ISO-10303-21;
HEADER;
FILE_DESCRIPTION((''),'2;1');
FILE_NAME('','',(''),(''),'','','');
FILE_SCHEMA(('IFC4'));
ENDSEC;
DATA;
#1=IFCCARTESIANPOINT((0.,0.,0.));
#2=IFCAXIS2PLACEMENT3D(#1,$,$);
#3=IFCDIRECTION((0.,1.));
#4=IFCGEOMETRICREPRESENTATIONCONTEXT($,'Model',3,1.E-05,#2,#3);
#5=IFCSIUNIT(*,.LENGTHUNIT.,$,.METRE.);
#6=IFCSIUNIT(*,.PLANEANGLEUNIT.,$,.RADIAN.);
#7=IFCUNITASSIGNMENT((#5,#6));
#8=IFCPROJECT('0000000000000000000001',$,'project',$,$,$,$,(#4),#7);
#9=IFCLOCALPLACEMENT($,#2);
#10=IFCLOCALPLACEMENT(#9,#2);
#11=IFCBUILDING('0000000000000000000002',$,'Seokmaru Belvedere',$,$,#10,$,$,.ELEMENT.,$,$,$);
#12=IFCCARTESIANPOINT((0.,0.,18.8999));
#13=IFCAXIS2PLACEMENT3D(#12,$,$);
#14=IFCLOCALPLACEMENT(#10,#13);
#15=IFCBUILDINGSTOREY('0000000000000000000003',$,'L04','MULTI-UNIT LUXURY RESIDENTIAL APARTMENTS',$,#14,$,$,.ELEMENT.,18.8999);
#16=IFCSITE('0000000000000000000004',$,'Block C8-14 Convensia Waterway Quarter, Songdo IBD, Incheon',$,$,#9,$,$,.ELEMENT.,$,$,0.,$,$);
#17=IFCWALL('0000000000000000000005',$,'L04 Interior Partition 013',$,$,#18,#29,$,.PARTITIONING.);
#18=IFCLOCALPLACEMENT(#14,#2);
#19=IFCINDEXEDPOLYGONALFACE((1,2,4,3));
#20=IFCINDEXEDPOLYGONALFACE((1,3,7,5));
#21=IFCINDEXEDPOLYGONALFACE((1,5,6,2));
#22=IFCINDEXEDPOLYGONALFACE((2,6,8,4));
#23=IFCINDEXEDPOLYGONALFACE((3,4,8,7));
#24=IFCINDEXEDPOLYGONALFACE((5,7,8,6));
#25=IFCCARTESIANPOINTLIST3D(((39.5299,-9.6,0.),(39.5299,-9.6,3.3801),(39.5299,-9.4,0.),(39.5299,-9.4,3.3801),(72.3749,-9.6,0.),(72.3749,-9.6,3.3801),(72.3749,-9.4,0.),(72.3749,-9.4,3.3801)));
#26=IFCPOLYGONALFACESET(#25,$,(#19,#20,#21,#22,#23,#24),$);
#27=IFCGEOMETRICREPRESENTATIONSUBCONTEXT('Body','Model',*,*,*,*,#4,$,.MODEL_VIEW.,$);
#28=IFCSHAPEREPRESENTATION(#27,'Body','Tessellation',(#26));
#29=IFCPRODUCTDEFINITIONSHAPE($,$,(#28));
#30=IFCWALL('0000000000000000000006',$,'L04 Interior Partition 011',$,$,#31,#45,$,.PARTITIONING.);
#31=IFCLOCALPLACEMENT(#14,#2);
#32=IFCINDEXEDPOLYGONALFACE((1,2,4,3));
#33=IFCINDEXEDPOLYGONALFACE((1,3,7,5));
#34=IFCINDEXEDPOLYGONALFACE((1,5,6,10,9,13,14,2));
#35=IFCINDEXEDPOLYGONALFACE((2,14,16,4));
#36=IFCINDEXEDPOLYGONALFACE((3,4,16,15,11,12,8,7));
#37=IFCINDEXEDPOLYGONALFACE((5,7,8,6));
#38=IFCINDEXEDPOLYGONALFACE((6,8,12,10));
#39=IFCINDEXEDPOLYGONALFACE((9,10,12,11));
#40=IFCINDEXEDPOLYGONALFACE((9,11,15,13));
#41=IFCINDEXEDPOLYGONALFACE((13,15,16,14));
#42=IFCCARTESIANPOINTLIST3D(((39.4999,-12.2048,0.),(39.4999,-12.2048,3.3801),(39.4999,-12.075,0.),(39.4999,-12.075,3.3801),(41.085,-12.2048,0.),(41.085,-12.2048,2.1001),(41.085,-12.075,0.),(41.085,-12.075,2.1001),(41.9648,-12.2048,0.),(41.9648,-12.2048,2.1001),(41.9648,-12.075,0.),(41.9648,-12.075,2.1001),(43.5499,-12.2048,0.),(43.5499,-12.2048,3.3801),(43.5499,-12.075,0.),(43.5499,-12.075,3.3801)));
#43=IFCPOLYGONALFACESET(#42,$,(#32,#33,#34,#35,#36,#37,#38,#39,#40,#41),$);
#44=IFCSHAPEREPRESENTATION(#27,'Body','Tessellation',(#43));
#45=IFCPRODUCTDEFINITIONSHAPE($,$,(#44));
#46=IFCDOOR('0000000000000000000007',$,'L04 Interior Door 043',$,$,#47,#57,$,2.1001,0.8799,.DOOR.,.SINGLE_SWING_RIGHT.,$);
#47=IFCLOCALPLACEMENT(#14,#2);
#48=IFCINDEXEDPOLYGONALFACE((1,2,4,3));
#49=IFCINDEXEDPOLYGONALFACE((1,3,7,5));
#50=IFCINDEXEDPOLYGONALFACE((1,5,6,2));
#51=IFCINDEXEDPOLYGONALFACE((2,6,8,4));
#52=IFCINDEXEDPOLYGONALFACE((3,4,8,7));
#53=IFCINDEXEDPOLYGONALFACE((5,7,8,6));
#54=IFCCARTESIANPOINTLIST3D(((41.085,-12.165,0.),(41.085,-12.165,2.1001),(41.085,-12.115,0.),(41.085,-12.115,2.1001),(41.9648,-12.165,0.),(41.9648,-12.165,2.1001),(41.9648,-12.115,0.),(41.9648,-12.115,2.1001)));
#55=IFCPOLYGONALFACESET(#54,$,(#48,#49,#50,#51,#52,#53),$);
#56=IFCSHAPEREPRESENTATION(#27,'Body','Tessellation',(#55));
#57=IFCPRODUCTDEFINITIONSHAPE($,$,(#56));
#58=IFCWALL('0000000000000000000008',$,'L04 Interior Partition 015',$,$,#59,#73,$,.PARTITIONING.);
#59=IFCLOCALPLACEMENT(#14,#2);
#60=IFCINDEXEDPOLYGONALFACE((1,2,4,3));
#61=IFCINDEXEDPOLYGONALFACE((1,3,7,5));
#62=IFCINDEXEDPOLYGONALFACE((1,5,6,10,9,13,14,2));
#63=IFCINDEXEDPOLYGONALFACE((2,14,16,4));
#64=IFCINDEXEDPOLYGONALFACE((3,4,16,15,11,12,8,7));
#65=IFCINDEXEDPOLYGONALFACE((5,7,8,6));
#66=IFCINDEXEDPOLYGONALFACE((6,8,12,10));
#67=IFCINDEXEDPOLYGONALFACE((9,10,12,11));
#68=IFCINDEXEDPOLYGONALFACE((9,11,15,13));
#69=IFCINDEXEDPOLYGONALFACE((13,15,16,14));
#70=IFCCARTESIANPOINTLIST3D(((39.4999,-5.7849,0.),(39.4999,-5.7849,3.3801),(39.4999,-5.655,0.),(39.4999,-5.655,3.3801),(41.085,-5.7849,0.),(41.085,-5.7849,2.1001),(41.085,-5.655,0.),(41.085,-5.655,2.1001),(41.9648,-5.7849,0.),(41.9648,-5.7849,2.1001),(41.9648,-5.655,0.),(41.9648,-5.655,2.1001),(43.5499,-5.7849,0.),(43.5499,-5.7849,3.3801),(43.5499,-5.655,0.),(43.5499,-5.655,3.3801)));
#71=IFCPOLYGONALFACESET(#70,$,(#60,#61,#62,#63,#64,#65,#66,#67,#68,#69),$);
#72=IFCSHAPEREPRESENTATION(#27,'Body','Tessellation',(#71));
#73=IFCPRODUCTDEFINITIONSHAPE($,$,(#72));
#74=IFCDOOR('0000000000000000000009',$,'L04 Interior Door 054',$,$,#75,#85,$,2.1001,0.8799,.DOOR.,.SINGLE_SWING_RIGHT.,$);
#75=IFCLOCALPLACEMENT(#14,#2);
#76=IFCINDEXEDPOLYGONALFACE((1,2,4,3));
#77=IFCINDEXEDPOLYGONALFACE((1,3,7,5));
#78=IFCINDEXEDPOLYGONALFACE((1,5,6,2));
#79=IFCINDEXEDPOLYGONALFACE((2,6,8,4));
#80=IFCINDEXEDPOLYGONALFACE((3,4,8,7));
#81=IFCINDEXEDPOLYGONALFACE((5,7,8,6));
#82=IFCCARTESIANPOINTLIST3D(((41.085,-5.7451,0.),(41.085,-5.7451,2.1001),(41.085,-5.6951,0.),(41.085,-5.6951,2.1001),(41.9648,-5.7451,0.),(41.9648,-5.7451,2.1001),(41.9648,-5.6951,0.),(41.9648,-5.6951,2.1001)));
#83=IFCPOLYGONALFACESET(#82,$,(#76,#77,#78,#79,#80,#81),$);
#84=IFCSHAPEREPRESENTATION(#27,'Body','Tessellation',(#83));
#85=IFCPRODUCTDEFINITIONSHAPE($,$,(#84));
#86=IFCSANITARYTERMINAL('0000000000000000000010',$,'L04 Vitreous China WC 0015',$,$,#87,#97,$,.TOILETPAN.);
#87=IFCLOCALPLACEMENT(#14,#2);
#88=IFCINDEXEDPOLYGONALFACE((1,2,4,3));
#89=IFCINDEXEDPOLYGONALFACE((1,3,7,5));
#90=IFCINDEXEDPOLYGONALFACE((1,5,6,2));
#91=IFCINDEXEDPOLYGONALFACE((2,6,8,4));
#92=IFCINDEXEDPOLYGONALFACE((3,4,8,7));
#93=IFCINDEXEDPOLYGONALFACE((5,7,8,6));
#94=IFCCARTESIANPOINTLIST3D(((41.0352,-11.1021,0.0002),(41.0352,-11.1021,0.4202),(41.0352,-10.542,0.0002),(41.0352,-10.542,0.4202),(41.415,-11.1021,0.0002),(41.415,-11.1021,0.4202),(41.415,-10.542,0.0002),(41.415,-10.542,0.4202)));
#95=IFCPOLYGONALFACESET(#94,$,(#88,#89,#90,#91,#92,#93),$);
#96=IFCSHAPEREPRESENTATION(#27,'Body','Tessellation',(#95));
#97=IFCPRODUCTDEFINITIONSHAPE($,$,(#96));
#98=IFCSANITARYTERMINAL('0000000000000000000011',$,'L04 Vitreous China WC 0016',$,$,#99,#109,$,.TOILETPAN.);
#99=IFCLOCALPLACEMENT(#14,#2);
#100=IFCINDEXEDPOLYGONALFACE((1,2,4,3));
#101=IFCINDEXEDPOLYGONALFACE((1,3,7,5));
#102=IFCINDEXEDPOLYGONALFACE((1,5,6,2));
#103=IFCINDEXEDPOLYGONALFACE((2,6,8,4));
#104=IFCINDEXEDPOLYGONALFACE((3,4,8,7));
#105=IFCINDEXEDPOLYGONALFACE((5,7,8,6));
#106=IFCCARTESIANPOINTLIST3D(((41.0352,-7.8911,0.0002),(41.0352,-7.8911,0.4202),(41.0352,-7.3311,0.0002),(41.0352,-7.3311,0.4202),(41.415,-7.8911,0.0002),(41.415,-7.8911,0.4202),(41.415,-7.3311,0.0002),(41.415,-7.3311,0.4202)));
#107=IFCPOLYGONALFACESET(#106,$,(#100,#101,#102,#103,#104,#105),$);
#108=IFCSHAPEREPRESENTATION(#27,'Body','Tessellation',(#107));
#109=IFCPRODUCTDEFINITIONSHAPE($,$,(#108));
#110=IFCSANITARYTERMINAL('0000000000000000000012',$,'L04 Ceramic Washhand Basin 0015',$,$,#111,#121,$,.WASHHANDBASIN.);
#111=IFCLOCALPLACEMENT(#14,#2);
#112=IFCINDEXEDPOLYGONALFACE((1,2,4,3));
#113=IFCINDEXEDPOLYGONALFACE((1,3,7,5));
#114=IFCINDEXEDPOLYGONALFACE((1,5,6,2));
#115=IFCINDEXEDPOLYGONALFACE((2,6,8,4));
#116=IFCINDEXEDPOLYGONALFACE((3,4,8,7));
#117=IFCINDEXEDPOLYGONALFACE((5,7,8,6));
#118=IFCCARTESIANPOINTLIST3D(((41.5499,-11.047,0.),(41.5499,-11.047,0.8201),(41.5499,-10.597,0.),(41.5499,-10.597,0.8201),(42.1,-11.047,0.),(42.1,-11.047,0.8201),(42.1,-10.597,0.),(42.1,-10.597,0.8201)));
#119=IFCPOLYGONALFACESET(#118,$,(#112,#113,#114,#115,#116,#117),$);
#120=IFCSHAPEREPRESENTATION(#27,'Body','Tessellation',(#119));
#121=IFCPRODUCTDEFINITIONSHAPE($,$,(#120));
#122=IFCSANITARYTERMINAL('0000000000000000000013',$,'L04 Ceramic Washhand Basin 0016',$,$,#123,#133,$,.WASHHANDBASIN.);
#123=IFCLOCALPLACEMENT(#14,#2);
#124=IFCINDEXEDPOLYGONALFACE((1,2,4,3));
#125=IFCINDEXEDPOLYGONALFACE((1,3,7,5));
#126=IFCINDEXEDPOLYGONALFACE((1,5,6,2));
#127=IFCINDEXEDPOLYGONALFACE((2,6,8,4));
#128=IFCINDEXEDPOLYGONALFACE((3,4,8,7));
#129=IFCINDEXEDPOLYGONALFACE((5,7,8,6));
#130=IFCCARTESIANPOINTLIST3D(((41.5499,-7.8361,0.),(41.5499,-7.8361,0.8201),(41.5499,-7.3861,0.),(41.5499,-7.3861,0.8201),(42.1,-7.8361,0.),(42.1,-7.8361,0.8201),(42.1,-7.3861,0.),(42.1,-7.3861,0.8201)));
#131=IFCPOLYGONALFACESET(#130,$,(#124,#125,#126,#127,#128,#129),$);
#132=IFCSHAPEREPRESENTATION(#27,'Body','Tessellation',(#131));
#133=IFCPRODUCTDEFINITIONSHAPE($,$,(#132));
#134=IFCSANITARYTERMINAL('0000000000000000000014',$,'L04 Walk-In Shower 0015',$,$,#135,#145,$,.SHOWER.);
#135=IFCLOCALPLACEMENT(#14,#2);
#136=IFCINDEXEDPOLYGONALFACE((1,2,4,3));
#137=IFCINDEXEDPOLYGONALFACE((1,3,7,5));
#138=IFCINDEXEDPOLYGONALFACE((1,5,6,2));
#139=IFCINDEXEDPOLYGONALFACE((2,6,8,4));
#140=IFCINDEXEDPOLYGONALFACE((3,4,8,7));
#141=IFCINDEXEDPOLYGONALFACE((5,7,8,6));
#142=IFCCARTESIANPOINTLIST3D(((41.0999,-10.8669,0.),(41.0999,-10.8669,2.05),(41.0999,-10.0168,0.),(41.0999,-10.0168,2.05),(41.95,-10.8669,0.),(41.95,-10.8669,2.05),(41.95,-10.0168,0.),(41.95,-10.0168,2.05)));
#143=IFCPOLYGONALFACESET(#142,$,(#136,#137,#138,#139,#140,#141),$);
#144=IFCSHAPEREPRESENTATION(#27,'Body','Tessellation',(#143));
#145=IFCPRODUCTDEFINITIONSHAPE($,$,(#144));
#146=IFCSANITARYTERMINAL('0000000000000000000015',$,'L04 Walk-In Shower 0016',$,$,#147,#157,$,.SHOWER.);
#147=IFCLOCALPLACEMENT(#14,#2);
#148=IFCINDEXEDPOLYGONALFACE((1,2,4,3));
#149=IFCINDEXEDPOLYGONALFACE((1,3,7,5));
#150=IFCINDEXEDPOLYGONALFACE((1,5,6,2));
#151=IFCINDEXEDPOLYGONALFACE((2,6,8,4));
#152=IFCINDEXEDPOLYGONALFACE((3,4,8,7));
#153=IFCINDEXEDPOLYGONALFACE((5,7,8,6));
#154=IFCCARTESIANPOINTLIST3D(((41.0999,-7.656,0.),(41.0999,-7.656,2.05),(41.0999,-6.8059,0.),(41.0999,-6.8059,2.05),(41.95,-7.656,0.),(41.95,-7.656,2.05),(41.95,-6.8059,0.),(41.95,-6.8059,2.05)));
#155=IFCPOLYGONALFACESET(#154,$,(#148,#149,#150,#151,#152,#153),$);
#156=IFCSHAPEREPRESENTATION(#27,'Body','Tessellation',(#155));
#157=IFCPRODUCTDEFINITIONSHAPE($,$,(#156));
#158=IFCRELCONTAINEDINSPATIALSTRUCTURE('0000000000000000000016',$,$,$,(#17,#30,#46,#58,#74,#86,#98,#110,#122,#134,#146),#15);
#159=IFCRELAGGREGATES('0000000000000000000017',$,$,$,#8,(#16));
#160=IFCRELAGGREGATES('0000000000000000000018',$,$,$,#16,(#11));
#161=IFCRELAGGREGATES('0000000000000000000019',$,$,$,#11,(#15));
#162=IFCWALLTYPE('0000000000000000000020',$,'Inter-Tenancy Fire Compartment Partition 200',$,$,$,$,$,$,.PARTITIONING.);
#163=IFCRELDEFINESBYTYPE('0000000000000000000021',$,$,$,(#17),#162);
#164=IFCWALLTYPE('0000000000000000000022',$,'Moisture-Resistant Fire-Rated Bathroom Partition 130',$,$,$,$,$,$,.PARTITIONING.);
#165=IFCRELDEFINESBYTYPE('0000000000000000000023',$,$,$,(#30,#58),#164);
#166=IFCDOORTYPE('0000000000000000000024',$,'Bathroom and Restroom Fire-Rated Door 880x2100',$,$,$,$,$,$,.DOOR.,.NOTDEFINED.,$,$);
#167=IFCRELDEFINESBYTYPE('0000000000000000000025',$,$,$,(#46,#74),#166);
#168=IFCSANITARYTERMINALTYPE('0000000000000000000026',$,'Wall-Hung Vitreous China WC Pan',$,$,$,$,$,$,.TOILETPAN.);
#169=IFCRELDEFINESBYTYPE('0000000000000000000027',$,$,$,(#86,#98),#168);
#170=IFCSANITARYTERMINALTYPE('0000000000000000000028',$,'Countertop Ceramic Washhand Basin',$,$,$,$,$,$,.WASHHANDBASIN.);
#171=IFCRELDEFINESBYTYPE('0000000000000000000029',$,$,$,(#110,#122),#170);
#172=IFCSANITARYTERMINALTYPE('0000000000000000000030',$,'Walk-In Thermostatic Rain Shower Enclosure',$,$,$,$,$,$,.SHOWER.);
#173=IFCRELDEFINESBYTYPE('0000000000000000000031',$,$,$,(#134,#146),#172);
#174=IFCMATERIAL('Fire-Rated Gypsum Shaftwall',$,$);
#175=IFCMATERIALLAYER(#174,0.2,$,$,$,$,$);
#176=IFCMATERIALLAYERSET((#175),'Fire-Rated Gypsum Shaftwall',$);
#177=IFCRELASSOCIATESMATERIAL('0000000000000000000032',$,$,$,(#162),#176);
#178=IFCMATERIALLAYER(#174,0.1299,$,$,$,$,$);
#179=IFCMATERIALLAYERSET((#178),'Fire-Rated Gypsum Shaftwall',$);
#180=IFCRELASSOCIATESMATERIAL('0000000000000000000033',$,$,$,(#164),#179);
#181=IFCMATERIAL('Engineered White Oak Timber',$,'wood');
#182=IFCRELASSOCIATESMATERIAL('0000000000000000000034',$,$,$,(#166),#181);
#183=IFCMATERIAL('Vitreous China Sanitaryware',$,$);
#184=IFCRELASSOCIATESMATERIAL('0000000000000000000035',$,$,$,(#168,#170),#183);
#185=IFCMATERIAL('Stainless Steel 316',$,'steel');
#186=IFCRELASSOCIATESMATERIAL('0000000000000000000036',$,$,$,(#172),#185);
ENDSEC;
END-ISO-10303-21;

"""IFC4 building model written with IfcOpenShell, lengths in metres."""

from ifc_helpers import new_model, si_unit, direction, frame, frame_2d, origin, origin_2d, place, context, subcontext, project, spatial, rectangle, extrude, source, transform, mapped, material, layer, layer_set, type_object, type_shapes, element, fill, save


model = new_model("IFC4")

# Units and contexts
model_context = context("Model", 3, precision=1e-05, world=origin(), true_north=direction((0.0, 1.0)))
body_context = subcontext(model_context, "Body", "Model", "MODEL_VIEW")
ifc_project = project(units=[si_unit("LENGTHUNIT", "METRE"), si_unit("PLANEANGLEUNIT", "RADIAN")], contexts=[model_context])

# Site, building, storey
site_placement = place(None, origin())
site = spatial("IfcSite", under=ifc_project, at=site_placement, Name="Block C8-14 Convensia Waterway Quarter, Songdo IBD, Incheon", CompositionType="ELEMENT", RefElevation=0.0)
building_placement = place(site_placement, origin())
building = spatial("IfcBuilding", under=site, at=building_placement, Name="Seokmaru Belvedere", CompositionType="ELEMENT")
storey_placement = place(building_placement, frame((0.0, 0.0, 18.8999)))
storey = spatial("IfcBuildingStorey", under=building, at=storey_placement, Name="L04", Description="MULTI-UNIT LUXURY RESIDENTIAL APARTMENTS", CompositionType="ELEMENT", Elevation=18.8999)

# Shared definitions
ifc_material_1 = material(Name="Fire-Rated Gypsum Shaftwall")
ifc_material_2 = material(Name="Engineered White Oak Timber", Category="wood")

# Wall
ifc_layer_1 = layer(ifc_material_1, 0.2)
ifc_layer_set_1 = layer_set([ifc_layer_1], Name="Fire-Rated Gypsum Shaftwall")
wall_type_1 = type_object("IfcWallType", Name="Inter-Tenancy Fire Compartment Partition 200", PredefinedType="PARTITIONING", material=ifc_layer_set_1)
wall_1_placement = place(storey_placement, frame((39.53, -9.5, 0.0), z_axis=(0.0, 0.0, 1.0), x_axis=(1.0, 0.0, 0.0)))
element("IfcWall", 1, at=wall_1_placement, inside=storey, type_object=wall_type_1, Name="L04 Interior Partition 013", PredefinedType="PARTITIONING", context=body_context, shape_type="SweptSolid", body=[
    extrude(rectangle(XDim=32.845, YDim=0.2, at=frame_2d((16.4224, 0.0))), origin(), (0.0, 0.0, 1.0), 3.3801),
])

# Walls, openings, doors
ifc_layer_2 = layer(ifc_material_1, 0.1299)
ifc_layer_set_2 = layer_set([ifc_layer_2], Name="Fire-Rated Gypsum Shaftwall")
wall_type_2 = type_object("IfcWallType", Name="Moisture-Resistant Fire-Rated Bathroom Partition 130", PredefinedType="PARTITIONING", material=ifc_layer_set_2)
wall_2_placement = place(storey_placement, frame((39.5, -12.1399, 0.0), z_axis=(0.0, 0.0, 1.0), x_axis=(1.0, 0.0, 0.0)))
wall_2 = element("IfcWall", 2, at=wall_2_placement, inside=storey, type_object=wall_type_2, Name="L04 Interior Partition 011", PredefinedType="PARTITIONING", context=body_context, shape_type="SweptSolid", body=[
    extrude(rectangle(XDim=4.05, YDim=0.1299, at=frame_2d((2.0249, 0.0))), origin(), (0.0, 0.0, 1.0), 3.3801),
])
opening_1_placement = place(wall_2_placement, frame((1.585, 0.0, 0.0)))
opening_1 = element("IfcOpeningElement", 3, at=opening_1_placement, cuts=wall_2, PredefinedType="OPENING", context=body_context, shape_type="SweptSolid", body=[
    extrude(rectangle(XDim=0.8799, YDim=2.1001, at=frame_2d((0.4399, 1.05))), frame((0.0, 0.075, 0.0), z_axis=(0.0, -1.0, 0.0), x_axis=(1.0, 0.0, 0.0)), (0.0, 0.0, 1.0), 0.1499),
])
door_type_1 = type_object("IfcDoorType", Name="Bathroom and Restroom Fire-Rated Door 880x2100", OperationType="NOTDEFINED", PredefinedType="DOOR", material=ifc_material_2)
shared_shape_1 = source(origin(), body_context, "Body", "SweptSolid", [
    extrude(rectangle(XDim=0.8799, YDim=2.1001, at=frame_2d((0.4399, 1.05))), frame((0.0, 0.0249, 0.0), z_axis=(0.0, -1.0, 0.0), x_axis=(1.0, 0.0, 0.0)), (0.0, 0.0, 1.0), 0.05),
])
type_shapes(door_type_1, [shared_shape_1])
door_1_placement = place(opening_1_placement, origin())
door_1 = element("IfcDoor", 4, at=door_1_placement, inside=storey, type_object=door_type_1, Name="L04 Interior Door 043", OperationType="SINGLE_SWING_RIGHT", OverallHeight=2.1001, OverallWidth=0.8799, PredefinedType="DOOR", context=body_context, shape_type="MappedRepresentation", body=[
    mapped(shared_shape_1, transform((0.0, 0.0, 0.0), scale=1.0)),
])
fill(opening_1, door_1)
wall_3_placement = place(storey_placement, frame((39.5, -5.72, 0.0), z_axis=(0.0, 0.0, 1.0), x_axis=(1.0, 0.0, 0.0)))
wall_3 = element("IfcWall", 5, at=wall_3_placement, inside=storey, type_object=wall_type_2, Name="L04 Interior Partition 015", PredefinedType="PARTITIONING", context=body_context, shape_type="SweptSolid", body=[
    extrude(rectangle(XDim=4.05, YDim=0.1299, at=frame_2d((2.0249, 0.0))), origin(), (0.0, 0.0, 1.0), 3.3801),
])
opening_2_placement = place(wall_3_placement, frame((1.585, 0.0, 0.0)))
opening_2 = element("IfcOpeningElement", 6, at=opening_2_placement, cuts=wall_3, PredefinedType="OPENING", context=body_context, shape_type="SweptSolid", body=[
    extrude(rectangle(XDim=0.8799, YDim=2.1001, at=frame_2d((0.4399, 1.05))), frame((0.0, 0.075, 0.0), z_axis=(0.0, -1.0, 0.0), x_axis=(1.0, 0.0, 0.0)), (0.0, 0.0, 1.0), 0.1499),
])
door_2_placement = place(opening_2_placement, origin())
door_2 = element("IfcDoor", 7, at=door_2_placement, inside=storey, type_object=door_type_1, Name="L04 Interior Door 054", OperationType="SINGLE_SWING_RIGHT", OverallHeight=2.1001, OverallWidth=0.8799, PredefinedType="DOOR", context=body_context, shape_type="MappedRepresentation", body=[
    mapped(shared_shape_1, transform((0.0, 0.0, 0.0), scale=1.0)),
])
fill(opening_2, door_2)

# Sanitary terminals
ifc_material_3 = material(Name="Vitreous China Sanitaryware")
sanitary_terminal_type_1 = type_object("IfcSanitaryTerminalType", Name="Wall-Hung Vitreous China WC Pan", PredefinedType="TOILETPAN", material=ifc_material_3)
shared_shape_2 = source(origin(), body_context, "Body", "SweptSolid", [
    extrude(rectangle(XDim=0.3799, YDim=0.5601, at=origin_2d()), origin(), (0.0, 0.0, 1.0), 0.4199),
])
type_shapes(sanitary_terminal_type_1, [shared_shape_2])
for number, where, z_axis, x_axis, name in (
    (8, (41.2251, -10.822, 0.0002), (0.0, 0.0, 1.0), (1.0, 0.0, 0.0), "L04 Vitreous China WC 0015"),
    (9, (41.2251, -7.6111, 0.0002), (0.0, 0.0, 1.0), (1.0, 0.0, 0.0), "L04 Vitreous China WC 0016"),
):
    element("IfcSanitaryTerminal", number, at=place(storey_placement, frame(where, z_axis=z_axis, x_axis=x_axis)), inside=storey, type_object=sanitary_terminal_type_1, Name=name, PredefinedType="TOILETPAN", context=body_context, shape_type="MappedRepresentation", body=[
        mapped(shared_shape_2, transform((0.0, 0.0, 0.0), scale=1.0)),
    ])
sanitary_terminal_type_2 = type_object("IfcSanitaryTerminalType", Name="Countertop Ceramic Washhand Basin", PredefinedType="WASHHANDBASIN", material=ifc_material_3)
shared_shape_3 = source(origin(), body_context, "Body", "SweptSolid", [
    extrude(rectangle(XDim=0.55, YDim=0.45, at=origin_2d()), origin(), (0.0, 0.0, 1.0), 0.8201),
])
type_shapes(sanitary_terminal_type_2, [shared_shape_3])
for number, where, z_axis, x_axis, name in (
    (10, (41.825, -10.822, 0.0), (0.0, 0.0, 1.0), (1.0, 0.0, 0.0), "L04 Ceramic Washhand Basin 0015"),
    (11, (41.825, -7.6111, 0.0), (0.0, 0.0, 1.0), (1.0, 0.0, 0.0), "L04 Ceramic Washhand Basin 0016"),
):
    element("IfcSanitaryTerminal", number, at=place(storey_placement, frame(where, z_axis=z_axis, x_axis=x_axis)), inside=storey, type_object=sanitary_terminal_type_2, Name=name, PredefinedType="WASHHANDBASIN", context=body_context, shape_type="MappedRepresentation", body=[
        mapped(shared_shape_3, transform((0.0, 0.0, 0.0), scale=1.0)),
    ])
ifc_material_4 = material(Name="Stainless Steel 316", Category="steel")
sanitary_terminal_type_3 = type_object("IfcSanitaryTerminalType", Name="Walk-In Thermostatic Rain Shower Enclosure", PredefinedType="SHOWER", material=ifc_material_4)
shared_shape_4 = source(origin(), body_context, "Body", "SweptSolid", [
    extrude(rectangle(XDim=0.8501, YDim=0.8501, at=origin_2d()), origin(), (0.0, 0.0, 1.0), 2.05),
])
type_shapes(sanitary_terminal_type_3, [shared_shape_4])
for number, where, z_axis, x_axis, name in (
    (12, (41.5249, -10.4419, 0.0), (0.0, 0.0, 1.0), (1.0, 0.0, 0.0), "L04 Walk-In Shower 0015"),
    (13, (41.5249, -7.231, 0.0), (0.0, 0.0, 1.0), (1.0, 0.0, 0.0), "L04 Walk-In Shower 0016"),
):
    element("IfcSanitaryTerminal", number, at=place(storey_placement, frame(where, z_axis=z_axis, x_axis=x_axis)), inside=storey, type_object=sanitary_terminal_type_3, Name=name, PredefinedType="SHOWER", context=body_context, shape_type="MappedRepresentation", body=[
        mapped(shared_shape_4, transform((0.0, 0.0, 0.0), scale=1.0)),
    ])

save(model, "model.ifc")
